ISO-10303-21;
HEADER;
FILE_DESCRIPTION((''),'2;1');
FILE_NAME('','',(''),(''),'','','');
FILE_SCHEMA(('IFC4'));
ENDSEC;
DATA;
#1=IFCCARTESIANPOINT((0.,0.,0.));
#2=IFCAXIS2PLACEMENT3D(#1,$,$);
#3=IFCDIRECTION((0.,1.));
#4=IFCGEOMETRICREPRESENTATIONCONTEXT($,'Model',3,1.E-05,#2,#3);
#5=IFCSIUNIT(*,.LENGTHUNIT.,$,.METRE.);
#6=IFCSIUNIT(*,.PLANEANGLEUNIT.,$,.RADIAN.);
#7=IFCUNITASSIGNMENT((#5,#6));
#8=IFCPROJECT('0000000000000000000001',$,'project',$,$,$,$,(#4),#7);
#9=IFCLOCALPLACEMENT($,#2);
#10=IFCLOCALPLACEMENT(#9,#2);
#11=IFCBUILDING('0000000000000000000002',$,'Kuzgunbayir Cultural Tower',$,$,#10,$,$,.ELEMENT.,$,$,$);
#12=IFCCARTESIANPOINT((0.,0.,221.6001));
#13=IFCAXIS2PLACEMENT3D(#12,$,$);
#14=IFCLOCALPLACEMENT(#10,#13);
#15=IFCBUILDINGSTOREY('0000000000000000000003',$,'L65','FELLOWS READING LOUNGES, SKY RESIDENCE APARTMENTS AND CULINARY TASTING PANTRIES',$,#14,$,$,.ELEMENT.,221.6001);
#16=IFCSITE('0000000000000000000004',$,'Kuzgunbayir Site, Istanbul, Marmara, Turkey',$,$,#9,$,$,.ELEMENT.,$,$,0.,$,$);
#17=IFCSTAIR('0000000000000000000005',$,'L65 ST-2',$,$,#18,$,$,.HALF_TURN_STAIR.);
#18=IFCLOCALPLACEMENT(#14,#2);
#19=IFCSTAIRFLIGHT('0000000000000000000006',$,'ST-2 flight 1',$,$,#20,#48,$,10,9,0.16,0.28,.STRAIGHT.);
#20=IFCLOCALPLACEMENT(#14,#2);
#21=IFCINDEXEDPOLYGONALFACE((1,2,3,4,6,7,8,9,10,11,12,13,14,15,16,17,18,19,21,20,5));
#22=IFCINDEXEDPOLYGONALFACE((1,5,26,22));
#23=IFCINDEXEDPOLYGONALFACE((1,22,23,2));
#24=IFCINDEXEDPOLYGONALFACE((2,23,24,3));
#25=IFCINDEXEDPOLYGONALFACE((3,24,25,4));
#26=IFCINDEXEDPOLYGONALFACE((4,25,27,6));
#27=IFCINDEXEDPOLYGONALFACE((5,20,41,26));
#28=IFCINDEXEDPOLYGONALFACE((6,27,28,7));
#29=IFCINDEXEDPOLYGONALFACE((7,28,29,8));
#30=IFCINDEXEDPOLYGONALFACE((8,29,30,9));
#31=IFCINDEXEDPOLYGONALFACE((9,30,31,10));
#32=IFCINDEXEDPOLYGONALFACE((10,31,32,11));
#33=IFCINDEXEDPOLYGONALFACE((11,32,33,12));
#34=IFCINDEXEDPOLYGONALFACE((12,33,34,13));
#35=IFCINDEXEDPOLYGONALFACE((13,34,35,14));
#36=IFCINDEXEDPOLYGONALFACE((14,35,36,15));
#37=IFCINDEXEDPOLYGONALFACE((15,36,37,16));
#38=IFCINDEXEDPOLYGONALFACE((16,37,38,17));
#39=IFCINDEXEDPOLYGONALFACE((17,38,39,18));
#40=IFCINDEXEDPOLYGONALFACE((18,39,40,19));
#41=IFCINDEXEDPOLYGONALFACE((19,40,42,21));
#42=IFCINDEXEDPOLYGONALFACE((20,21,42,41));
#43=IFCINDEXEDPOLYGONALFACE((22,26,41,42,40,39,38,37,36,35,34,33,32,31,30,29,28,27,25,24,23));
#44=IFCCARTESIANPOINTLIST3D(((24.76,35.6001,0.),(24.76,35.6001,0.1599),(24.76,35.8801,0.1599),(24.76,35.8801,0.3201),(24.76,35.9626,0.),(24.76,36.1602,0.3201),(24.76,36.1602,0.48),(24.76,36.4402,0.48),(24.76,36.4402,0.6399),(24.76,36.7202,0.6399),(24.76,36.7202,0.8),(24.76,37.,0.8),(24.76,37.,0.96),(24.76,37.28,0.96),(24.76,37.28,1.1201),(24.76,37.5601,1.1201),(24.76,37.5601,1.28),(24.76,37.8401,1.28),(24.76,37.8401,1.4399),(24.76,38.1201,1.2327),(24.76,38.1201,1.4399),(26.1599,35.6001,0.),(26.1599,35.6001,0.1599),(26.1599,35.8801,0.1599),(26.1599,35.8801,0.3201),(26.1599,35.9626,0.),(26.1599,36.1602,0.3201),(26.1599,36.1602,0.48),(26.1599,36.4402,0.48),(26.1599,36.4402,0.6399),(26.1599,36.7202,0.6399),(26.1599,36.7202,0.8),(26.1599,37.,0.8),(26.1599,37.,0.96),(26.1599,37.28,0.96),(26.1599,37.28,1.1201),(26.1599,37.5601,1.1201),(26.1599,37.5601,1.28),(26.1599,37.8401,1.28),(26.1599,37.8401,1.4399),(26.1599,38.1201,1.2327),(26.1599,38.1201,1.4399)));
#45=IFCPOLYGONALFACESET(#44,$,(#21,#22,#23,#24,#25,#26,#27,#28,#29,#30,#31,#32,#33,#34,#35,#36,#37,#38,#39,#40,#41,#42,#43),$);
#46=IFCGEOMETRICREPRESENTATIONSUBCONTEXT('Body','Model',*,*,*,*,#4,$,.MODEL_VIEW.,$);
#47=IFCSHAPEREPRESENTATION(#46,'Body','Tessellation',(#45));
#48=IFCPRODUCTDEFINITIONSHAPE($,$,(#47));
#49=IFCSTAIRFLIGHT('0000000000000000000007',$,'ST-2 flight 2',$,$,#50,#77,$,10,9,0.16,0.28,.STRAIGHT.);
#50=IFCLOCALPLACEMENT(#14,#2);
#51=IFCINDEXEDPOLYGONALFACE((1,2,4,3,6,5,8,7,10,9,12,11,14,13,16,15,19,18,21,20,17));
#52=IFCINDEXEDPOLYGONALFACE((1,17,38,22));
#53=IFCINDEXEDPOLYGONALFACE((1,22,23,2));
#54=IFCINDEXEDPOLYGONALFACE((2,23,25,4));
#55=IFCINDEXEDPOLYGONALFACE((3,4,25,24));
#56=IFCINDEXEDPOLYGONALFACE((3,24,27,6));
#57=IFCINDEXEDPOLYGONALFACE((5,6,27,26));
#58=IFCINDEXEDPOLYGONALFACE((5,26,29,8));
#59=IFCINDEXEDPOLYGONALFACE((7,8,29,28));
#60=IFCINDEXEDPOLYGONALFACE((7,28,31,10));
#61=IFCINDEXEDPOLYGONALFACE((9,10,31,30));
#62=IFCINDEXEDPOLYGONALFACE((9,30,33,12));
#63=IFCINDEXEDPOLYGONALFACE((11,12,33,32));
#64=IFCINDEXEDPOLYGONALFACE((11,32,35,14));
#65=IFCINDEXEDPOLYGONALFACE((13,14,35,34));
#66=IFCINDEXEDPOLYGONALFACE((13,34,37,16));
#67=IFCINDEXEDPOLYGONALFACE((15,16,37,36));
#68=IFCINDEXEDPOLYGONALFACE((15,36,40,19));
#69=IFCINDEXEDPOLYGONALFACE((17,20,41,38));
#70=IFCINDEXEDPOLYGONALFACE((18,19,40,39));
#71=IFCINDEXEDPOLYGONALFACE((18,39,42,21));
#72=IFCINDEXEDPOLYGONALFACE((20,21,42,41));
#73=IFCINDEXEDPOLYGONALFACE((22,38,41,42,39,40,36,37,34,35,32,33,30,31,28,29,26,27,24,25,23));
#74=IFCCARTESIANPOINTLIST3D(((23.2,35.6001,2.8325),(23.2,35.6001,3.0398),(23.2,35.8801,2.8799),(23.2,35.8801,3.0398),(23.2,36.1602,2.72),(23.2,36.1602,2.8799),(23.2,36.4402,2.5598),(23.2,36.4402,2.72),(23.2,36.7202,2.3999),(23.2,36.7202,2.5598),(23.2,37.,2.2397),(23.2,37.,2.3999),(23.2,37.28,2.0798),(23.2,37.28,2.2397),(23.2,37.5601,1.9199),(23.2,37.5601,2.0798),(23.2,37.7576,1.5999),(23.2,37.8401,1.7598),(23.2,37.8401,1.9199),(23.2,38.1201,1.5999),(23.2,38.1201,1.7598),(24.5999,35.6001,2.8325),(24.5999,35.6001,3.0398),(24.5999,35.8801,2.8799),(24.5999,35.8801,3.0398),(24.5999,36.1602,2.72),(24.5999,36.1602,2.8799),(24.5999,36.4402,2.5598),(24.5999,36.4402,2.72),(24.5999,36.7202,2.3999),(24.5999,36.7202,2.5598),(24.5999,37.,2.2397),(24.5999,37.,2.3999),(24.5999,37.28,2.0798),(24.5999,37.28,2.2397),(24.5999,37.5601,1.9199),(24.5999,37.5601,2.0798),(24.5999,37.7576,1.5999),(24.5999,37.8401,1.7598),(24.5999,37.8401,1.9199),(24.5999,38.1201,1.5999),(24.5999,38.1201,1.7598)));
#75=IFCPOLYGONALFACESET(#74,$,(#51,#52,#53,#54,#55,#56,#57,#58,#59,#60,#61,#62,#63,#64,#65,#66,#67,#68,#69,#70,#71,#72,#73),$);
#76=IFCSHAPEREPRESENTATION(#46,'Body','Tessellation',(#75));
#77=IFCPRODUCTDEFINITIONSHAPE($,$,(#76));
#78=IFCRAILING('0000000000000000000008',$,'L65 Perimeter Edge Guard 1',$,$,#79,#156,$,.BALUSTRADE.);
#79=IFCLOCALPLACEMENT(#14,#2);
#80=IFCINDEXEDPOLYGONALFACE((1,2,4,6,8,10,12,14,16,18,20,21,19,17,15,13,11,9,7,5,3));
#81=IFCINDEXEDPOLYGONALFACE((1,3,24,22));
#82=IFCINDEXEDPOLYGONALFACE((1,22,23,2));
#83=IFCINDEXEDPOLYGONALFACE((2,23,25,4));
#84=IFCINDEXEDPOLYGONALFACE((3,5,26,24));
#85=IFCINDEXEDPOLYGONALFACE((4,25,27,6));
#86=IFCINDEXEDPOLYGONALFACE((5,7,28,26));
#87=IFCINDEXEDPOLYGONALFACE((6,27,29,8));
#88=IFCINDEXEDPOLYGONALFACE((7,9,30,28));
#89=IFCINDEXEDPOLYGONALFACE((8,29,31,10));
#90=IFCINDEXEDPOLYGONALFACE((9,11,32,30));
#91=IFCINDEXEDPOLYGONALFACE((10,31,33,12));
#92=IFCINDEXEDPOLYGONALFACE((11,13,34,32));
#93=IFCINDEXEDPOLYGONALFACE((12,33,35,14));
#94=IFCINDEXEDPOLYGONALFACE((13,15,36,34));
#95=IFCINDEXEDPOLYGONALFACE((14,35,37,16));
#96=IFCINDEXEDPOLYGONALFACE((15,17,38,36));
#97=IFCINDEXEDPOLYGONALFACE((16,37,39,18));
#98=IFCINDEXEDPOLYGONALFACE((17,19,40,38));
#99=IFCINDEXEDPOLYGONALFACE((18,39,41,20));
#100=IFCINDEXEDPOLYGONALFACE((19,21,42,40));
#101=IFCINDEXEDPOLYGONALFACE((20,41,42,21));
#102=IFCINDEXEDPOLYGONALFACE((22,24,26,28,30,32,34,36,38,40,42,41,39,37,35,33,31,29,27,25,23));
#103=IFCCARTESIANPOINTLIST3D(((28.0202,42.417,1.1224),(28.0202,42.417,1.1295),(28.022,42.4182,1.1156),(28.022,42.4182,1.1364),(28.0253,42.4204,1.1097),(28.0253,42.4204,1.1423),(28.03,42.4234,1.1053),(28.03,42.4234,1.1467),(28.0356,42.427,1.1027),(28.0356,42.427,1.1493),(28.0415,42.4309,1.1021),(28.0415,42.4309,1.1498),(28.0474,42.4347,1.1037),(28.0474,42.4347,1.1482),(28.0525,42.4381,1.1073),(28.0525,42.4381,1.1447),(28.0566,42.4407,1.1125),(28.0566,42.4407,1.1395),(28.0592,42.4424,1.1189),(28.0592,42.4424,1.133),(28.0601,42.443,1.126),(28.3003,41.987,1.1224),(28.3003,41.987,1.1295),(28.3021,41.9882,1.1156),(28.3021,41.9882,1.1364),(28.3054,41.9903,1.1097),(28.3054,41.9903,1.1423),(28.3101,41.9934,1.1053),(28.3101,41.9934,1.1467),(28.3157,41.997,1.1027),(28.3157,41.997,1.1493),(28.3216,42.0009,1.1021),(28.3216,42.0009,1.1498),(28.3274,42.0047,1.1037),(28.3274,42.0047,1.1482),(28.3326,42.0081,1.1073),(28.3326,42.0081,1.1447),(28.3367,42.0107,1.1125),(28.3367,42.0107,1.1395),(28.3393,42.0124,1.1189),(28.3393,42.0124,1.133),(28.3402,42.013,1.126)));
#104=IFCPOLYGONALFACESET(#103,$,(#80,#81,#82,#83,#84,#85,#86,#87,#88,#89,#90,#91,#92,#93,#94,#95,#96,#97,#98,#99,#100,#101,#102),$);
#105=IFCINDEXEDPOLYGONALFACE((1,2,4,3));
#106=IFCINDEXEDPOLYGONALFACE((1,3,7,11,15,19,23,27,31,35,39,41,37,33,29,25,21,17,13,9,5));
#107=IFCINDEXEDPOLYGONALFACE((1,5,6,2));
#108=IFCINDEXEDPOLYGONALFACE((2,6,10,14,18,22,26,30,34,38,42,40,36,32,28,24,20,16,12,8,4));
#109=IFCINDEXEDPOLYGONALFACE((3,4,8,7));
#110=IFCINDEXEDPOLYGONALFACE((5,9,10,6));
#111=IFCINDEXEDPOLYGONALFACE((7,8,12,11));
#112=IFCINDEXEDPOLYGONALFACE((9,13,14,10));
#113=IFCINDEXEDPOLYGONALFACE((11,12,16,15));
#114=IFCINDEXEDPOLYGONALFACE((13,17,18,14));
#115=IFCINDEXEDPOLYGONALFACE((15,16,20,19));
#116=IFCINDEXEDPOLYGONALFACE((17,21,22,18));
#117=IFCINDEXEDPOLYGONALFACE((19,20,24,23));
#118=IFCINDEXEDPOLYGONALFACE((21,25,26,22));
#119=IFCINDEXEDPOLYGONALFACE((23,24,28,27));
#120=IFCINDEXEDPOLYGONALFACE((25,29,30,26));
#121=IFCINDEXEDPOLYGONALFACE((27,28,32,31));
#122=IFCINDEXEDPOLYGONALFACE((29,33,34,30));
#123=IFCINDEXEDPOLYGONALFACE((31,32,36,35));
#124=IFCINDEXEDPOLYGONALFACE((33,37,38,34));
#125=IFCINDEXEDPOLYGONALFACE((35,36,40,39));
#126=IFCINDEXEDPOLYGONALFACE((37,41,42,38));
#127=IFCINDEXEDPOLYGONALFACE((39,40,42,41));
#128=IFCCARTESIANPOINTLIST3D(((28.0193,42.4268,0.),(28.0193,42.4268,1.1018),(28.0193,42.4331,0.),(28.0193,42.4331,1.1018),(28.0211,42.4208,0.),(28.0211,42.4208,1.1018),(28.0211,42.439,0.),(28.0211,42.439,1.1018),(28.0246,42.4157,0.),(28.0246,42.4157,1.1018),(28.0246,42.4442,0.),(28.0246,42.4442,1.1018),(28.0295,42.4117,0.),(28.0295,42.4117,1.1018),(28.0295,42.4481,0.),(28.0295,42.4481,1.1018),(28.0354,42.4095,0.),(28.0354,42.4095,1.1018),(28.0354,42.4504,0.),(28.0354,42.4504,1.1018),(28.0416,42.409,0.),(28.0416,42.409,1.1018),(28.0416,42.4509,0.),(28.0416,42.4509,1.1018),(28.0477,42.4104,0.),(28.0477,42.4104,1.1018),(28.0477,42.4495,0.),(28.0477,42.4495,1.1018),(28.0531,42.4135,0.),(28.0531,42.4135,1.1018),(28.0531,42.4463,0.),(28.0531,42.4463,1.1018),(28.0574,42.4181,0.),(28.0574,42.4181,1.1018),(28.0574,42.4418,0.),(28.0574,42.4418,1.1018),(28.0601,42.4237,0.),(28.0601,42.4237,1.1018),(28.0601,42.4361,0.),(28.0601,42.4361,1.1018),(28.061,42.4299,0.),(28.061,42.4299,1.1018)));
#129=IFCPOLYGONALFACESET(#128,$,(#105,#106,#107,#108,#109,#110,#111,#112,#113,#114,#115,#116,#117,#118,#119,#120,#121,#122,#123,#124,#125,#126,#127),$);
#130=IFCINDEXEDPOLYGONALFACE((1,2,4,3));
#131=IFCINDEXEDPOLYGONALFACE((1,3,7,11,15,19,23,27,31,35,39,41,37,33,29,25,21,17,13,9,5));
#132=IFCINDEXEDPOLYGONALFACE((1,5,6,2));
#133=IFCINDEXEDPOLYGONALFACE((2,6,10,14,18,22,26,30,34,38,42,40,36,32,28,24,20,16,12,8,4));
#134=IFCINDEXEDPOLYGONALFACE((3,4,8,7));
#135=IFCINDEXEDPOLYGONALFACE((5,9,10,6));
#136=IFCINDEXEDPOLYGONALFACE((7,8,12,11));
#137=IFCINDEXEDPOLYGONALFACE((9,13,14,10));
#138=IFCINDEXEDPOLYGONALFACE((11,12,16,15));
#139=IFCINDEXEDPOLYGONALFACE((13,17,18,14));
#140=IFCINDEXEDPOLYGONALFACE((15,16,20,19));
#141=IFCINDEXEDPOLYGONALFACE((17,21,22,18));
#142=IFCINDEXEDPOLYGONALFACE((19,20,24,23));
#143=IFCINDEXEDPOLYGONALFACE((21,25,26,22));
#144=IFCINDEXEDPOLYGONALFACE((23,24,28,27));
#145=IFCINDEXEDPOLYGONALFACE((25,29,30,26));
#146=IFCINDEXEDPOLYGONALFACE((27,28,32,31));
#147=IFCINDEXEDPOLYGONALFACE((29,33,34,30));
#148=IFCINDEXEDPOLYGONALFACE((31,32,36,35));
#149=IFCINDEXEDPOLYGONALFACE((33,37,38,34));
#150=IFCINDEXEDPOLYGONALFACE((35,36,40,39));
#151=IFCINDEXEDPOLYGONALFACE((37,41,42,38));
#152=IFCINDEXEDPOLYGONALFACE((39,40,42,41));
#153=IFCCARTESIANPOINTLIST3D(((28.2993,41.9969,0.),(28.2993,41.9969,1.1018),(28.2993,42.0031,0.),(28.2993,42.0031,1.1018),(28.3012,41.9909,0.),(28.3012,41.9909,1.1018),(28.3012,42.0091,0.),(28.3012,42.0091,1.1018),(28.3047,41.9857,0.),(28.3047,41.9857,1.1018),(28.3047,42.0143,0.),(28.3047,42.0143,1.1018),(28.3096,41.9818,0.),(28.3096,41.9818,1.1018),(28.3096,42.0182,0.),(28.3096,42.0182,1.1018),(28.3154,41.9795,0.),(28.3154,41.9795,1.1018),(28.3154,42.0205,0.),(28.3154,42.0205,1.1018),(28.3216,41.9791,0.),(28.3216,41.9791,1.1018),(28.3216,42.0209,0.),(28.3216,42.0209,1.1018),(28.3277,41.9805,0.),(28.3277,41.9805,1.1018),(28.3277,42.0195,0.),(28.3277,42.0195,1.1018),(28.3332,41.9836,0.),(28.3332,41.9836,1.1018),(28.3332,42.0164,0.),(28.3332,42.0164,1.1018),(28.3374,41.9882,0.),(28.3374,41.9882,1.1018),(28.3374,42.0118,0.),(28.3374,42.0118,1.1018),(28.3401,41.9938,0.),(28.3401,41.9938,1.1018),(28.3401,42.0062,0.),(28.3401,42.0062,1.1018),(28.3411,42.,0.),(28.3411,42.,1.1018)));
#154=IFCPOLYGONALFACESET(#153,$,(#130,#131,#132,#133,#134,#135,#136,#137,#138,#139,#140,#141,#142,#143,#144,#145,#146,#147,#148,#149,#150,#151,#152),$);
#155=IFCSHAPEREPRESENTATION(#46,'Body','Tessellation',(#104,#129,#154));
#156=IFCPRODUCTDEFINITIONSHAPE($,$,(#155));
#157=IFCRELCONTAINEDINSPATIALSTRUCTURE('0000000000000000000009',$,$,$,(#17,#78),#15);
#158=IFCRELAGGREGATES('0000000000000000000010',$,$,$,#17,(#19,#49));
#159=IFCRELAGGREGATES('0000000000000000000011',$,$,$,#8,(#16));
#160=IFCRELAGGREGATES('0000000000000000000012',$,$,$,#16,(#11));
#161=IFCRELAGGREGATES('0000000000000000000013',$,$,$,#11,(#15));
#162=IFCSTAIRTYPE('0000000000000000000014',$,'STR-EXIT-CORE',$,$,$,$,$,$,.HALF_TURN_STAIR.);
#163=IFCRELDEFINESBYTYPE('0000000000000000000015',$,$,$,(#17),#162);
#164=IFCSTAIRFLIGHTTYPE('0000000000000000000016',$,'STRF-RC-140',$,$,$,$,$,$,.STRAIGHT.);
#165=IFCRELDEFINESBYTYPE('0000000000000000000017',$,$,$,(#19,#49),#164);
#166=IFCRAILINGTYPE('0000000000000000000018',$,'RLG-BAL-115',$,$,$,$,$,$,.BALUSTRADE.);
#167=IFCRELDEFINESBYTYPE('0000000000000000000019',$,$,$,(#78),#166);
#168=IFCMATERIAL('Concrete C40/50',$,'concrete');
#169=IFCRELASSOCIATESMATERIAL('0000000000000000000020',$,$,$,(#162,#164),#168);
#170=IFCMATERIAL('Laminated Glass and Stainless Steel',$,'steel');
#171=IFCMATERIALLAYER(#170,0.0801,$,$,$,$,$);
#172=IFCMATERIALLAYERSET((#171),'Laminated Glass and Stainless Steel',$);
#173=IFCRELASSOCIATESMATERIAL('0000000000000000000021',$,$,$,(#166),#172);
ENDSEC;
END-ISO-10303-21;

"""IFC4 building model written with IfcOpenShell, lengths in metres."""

from ifc_helpers import new_model, si_unit, direction, frame, origin, origin_2d, place, context, subcontext, project, spatial, polyline, circle, outline, extrude, material, layer, layer_set, type_object, element, aggregate, save


model = new_model("IFC4")

# Units and contexts
model_context = context("Model", 3, precision=1e-05, world=origin(), true_north=direction((0.0, 1.0)))
body_context = subcontext(model_context, "Body", "Model", "MODEL_VIEW")
ifc_project = project(units=[si_unit("LENGTHUNIT", "METRE"), si_unit("PLANEANGLEUNIT", "RADIAN")], contexts=[model_context])

# Site, building, storey
site_placement = place(None, origin())
site = spatial("IfcSite", under=ifc_project, at=site_placement, Name="Kuzgunbayir Site, Istanbul, Marmara, Turkey", CompositionType="ELEMENT", RefElevation=0.0)
building_placement = place(site_placement, origin())
building = spatial("IfcBuilding", under=site, at=building_placement, Name="Kuzgunbayir Cultural Tower", CompositionType="ELEMENT")
storey_placement = place(building_placement, frame((0.0, 0.0, 221.6001)))
storey = spatial("IfcBuildingStorey", under=building, at=storey_placement, Name="L65", Description="FELLOWS READING LOUNGES, SKY RESIDENCE APARTMENTS AND CULINARY TASTING PANTRIES", CompositionType="ELEMENT", Elevation=221.6001)

# Shared definitions
ifc_material_1 = material(Name="Concrete C40/50", Category="concrete")

# Stair, stair flights
stair_type = type_object("IfcStairType", Name="STR-EXIT-CORE", PredefinedType="HALF_TURN_STAIR", material=ifc_material_1)
stair_placement = place(storey_placement, origin())
stair = element("IfcStair", 1, at=stair_placement, inside=storey, type_object=stair_type, Name="L65 ST-2", PredefinedType="HALF_TURN_STAIR")
stair_flight_type = type_object("IfcStairFlightType", Name="STRF-RC-140", PredefinedType="STRAIGHT", material=ifc_material_1)
stair_flight_1_placement = place(storey_placement, frame((25.46, 35.6001, 0.0), z_axis=(0.0, 0.0, 1.0), x_axis=(0.0, 1.0, 0.0)))
stair_flight_1 = element("IfcStairFlight", 2, at=stair_flight_1_placement, type_object=stair_flight_type, Name="ST-2 flight 1", NumberOfRisers=10, NumberOfTreads=9, PredefinedType="STRAIGHT", RiserHeight=0.16, TreadLength=0.28, context=body_context, shape_type="SweptSolid", body=[
    extrude(outline(polyline([(0.0, 0.0), (0.0, 0.1599), (0.28, 0.1599), (0.28, 0.3201), (0.5601, 0.3201), (0.5601, 0.48), (0.8401, 0.48), (0.8401, 0.6399), (1.1201, 0.6399), (1.1201, 0.8), (1.3999, 0.8), (1.3999, 0.96), (1.6799, 0.96), (1.6799, 1.1201), (1.96, 1.1201), (1.96, 1.28), (2.24, 1.28), (2.24, 1.4399), (2.52, 1.4399), (2.52, 1.6001), (2.52, 1.2327), (0.3625, 0.0), (0.0, 0.0)])), frame((0.0, 0.7, 0.0), z_axis=(0.0, -1.0, 0.0), x_axis=(1.0, 0.0, 0.0)), (0.0, 0.0, 1.0), 1.3999),
])
stair_flight_2_placement = place(storey_placement, frame((23.8999, 38.1201, 1.5999), z_axis=(0.0, 0.0, 1.0), x_axis=(0.0, -1.0, 0.0)))
stair_flight_2 = element("IfcStairFlight", 3, at=stair_flight_2_placement, type_object=stair_flight_type, Name="ST-2 flight 2", NumberOfRisers=10, NumberOfTreads=9, PredefinedType="STRAIGHT", RiserHeight=0.16, TreadLength=0.28, context=body_context, shape_type="SweptSolid", body=[
    extrude(outline(polyline([(0.0, 0.0), (0.0, 0.1599), (0.28, 0.1599), (0.28, 0.3201), (0.5601, 0.3201), (0.5601, 0.48), (0.8401, 0.48), (0.8401, 0.6399), (1.1201, 0.6399), (1.1201, 0.8), (1.3999, 0.8), (1.3999, 0.96), (1.6799, 0.96), (1.6799, 1.1201), (1.96, 1.1201), (1.96, 1.28), (2.24, 1.28), (2.24, 1.4399), (2.52, 1.4399), (2.52, 1.6001), (2.52, 1.2327), (0.3625, 0.0), (0.0, 0.0)])), frame((0.0, 0.7, 0.0), z_axis=(0.0, -1.0, 0.0), x_axis=(1.0, 0.0, 0.0)), (0.0, 0.0, 1.0), 1.3999),
])
aggregate(stair, [stair_flight_1, stair_flight_2])

# Railing
ifc_material_2 = material(Name="Laminated Glass and Stainless Steel", Category="steel")
ifc_layer_1 = layer(ifc_material_2, 0.0801)
ifc_layer_set_1 = layer_set([ifc_layer_1], Name="Laminated Glass and Stainless Steel")
railing_type_1 = type_object("IfcRailingType", Name="RLG-BAL-115", PredefinedType="BALUSTRADE", material=ifc_layer_set_1)
railing_1_placement = place(storey_placement, frame((28.04, 42.4299, 0.0)))
element("IfcRailing", 4, at=railing_1_placement, inside=storey, type_object=railing_type_1, Name="L65 Perimeter Edge Guard 1", PredefinedType="BALUSTRADE", context=body_context, shape_type="SweptSolid", body=[
    extrude(circle(Radius=0.0239, at=origin_2d()), frame((0.0, 0.0, 1.126), z_axis=(0.545774, -0.837932, 0.0), x_axis=(0.837932, 0.545774, 0.0)), (0.0, 0.0, 1.0), 0.5132),
    extrude(circle(Radius=0.021, at=origin_2d()), origin(), (0.0, 0.0, 1.0), 1.1018),
    extrude(circle(Radius=0.021, at=origin_2d()), frame((0.28, -0.4299, 0.0)), (0.0, 0.0, 1.0), 1.1018),
])

save(model, "model.ifc")
